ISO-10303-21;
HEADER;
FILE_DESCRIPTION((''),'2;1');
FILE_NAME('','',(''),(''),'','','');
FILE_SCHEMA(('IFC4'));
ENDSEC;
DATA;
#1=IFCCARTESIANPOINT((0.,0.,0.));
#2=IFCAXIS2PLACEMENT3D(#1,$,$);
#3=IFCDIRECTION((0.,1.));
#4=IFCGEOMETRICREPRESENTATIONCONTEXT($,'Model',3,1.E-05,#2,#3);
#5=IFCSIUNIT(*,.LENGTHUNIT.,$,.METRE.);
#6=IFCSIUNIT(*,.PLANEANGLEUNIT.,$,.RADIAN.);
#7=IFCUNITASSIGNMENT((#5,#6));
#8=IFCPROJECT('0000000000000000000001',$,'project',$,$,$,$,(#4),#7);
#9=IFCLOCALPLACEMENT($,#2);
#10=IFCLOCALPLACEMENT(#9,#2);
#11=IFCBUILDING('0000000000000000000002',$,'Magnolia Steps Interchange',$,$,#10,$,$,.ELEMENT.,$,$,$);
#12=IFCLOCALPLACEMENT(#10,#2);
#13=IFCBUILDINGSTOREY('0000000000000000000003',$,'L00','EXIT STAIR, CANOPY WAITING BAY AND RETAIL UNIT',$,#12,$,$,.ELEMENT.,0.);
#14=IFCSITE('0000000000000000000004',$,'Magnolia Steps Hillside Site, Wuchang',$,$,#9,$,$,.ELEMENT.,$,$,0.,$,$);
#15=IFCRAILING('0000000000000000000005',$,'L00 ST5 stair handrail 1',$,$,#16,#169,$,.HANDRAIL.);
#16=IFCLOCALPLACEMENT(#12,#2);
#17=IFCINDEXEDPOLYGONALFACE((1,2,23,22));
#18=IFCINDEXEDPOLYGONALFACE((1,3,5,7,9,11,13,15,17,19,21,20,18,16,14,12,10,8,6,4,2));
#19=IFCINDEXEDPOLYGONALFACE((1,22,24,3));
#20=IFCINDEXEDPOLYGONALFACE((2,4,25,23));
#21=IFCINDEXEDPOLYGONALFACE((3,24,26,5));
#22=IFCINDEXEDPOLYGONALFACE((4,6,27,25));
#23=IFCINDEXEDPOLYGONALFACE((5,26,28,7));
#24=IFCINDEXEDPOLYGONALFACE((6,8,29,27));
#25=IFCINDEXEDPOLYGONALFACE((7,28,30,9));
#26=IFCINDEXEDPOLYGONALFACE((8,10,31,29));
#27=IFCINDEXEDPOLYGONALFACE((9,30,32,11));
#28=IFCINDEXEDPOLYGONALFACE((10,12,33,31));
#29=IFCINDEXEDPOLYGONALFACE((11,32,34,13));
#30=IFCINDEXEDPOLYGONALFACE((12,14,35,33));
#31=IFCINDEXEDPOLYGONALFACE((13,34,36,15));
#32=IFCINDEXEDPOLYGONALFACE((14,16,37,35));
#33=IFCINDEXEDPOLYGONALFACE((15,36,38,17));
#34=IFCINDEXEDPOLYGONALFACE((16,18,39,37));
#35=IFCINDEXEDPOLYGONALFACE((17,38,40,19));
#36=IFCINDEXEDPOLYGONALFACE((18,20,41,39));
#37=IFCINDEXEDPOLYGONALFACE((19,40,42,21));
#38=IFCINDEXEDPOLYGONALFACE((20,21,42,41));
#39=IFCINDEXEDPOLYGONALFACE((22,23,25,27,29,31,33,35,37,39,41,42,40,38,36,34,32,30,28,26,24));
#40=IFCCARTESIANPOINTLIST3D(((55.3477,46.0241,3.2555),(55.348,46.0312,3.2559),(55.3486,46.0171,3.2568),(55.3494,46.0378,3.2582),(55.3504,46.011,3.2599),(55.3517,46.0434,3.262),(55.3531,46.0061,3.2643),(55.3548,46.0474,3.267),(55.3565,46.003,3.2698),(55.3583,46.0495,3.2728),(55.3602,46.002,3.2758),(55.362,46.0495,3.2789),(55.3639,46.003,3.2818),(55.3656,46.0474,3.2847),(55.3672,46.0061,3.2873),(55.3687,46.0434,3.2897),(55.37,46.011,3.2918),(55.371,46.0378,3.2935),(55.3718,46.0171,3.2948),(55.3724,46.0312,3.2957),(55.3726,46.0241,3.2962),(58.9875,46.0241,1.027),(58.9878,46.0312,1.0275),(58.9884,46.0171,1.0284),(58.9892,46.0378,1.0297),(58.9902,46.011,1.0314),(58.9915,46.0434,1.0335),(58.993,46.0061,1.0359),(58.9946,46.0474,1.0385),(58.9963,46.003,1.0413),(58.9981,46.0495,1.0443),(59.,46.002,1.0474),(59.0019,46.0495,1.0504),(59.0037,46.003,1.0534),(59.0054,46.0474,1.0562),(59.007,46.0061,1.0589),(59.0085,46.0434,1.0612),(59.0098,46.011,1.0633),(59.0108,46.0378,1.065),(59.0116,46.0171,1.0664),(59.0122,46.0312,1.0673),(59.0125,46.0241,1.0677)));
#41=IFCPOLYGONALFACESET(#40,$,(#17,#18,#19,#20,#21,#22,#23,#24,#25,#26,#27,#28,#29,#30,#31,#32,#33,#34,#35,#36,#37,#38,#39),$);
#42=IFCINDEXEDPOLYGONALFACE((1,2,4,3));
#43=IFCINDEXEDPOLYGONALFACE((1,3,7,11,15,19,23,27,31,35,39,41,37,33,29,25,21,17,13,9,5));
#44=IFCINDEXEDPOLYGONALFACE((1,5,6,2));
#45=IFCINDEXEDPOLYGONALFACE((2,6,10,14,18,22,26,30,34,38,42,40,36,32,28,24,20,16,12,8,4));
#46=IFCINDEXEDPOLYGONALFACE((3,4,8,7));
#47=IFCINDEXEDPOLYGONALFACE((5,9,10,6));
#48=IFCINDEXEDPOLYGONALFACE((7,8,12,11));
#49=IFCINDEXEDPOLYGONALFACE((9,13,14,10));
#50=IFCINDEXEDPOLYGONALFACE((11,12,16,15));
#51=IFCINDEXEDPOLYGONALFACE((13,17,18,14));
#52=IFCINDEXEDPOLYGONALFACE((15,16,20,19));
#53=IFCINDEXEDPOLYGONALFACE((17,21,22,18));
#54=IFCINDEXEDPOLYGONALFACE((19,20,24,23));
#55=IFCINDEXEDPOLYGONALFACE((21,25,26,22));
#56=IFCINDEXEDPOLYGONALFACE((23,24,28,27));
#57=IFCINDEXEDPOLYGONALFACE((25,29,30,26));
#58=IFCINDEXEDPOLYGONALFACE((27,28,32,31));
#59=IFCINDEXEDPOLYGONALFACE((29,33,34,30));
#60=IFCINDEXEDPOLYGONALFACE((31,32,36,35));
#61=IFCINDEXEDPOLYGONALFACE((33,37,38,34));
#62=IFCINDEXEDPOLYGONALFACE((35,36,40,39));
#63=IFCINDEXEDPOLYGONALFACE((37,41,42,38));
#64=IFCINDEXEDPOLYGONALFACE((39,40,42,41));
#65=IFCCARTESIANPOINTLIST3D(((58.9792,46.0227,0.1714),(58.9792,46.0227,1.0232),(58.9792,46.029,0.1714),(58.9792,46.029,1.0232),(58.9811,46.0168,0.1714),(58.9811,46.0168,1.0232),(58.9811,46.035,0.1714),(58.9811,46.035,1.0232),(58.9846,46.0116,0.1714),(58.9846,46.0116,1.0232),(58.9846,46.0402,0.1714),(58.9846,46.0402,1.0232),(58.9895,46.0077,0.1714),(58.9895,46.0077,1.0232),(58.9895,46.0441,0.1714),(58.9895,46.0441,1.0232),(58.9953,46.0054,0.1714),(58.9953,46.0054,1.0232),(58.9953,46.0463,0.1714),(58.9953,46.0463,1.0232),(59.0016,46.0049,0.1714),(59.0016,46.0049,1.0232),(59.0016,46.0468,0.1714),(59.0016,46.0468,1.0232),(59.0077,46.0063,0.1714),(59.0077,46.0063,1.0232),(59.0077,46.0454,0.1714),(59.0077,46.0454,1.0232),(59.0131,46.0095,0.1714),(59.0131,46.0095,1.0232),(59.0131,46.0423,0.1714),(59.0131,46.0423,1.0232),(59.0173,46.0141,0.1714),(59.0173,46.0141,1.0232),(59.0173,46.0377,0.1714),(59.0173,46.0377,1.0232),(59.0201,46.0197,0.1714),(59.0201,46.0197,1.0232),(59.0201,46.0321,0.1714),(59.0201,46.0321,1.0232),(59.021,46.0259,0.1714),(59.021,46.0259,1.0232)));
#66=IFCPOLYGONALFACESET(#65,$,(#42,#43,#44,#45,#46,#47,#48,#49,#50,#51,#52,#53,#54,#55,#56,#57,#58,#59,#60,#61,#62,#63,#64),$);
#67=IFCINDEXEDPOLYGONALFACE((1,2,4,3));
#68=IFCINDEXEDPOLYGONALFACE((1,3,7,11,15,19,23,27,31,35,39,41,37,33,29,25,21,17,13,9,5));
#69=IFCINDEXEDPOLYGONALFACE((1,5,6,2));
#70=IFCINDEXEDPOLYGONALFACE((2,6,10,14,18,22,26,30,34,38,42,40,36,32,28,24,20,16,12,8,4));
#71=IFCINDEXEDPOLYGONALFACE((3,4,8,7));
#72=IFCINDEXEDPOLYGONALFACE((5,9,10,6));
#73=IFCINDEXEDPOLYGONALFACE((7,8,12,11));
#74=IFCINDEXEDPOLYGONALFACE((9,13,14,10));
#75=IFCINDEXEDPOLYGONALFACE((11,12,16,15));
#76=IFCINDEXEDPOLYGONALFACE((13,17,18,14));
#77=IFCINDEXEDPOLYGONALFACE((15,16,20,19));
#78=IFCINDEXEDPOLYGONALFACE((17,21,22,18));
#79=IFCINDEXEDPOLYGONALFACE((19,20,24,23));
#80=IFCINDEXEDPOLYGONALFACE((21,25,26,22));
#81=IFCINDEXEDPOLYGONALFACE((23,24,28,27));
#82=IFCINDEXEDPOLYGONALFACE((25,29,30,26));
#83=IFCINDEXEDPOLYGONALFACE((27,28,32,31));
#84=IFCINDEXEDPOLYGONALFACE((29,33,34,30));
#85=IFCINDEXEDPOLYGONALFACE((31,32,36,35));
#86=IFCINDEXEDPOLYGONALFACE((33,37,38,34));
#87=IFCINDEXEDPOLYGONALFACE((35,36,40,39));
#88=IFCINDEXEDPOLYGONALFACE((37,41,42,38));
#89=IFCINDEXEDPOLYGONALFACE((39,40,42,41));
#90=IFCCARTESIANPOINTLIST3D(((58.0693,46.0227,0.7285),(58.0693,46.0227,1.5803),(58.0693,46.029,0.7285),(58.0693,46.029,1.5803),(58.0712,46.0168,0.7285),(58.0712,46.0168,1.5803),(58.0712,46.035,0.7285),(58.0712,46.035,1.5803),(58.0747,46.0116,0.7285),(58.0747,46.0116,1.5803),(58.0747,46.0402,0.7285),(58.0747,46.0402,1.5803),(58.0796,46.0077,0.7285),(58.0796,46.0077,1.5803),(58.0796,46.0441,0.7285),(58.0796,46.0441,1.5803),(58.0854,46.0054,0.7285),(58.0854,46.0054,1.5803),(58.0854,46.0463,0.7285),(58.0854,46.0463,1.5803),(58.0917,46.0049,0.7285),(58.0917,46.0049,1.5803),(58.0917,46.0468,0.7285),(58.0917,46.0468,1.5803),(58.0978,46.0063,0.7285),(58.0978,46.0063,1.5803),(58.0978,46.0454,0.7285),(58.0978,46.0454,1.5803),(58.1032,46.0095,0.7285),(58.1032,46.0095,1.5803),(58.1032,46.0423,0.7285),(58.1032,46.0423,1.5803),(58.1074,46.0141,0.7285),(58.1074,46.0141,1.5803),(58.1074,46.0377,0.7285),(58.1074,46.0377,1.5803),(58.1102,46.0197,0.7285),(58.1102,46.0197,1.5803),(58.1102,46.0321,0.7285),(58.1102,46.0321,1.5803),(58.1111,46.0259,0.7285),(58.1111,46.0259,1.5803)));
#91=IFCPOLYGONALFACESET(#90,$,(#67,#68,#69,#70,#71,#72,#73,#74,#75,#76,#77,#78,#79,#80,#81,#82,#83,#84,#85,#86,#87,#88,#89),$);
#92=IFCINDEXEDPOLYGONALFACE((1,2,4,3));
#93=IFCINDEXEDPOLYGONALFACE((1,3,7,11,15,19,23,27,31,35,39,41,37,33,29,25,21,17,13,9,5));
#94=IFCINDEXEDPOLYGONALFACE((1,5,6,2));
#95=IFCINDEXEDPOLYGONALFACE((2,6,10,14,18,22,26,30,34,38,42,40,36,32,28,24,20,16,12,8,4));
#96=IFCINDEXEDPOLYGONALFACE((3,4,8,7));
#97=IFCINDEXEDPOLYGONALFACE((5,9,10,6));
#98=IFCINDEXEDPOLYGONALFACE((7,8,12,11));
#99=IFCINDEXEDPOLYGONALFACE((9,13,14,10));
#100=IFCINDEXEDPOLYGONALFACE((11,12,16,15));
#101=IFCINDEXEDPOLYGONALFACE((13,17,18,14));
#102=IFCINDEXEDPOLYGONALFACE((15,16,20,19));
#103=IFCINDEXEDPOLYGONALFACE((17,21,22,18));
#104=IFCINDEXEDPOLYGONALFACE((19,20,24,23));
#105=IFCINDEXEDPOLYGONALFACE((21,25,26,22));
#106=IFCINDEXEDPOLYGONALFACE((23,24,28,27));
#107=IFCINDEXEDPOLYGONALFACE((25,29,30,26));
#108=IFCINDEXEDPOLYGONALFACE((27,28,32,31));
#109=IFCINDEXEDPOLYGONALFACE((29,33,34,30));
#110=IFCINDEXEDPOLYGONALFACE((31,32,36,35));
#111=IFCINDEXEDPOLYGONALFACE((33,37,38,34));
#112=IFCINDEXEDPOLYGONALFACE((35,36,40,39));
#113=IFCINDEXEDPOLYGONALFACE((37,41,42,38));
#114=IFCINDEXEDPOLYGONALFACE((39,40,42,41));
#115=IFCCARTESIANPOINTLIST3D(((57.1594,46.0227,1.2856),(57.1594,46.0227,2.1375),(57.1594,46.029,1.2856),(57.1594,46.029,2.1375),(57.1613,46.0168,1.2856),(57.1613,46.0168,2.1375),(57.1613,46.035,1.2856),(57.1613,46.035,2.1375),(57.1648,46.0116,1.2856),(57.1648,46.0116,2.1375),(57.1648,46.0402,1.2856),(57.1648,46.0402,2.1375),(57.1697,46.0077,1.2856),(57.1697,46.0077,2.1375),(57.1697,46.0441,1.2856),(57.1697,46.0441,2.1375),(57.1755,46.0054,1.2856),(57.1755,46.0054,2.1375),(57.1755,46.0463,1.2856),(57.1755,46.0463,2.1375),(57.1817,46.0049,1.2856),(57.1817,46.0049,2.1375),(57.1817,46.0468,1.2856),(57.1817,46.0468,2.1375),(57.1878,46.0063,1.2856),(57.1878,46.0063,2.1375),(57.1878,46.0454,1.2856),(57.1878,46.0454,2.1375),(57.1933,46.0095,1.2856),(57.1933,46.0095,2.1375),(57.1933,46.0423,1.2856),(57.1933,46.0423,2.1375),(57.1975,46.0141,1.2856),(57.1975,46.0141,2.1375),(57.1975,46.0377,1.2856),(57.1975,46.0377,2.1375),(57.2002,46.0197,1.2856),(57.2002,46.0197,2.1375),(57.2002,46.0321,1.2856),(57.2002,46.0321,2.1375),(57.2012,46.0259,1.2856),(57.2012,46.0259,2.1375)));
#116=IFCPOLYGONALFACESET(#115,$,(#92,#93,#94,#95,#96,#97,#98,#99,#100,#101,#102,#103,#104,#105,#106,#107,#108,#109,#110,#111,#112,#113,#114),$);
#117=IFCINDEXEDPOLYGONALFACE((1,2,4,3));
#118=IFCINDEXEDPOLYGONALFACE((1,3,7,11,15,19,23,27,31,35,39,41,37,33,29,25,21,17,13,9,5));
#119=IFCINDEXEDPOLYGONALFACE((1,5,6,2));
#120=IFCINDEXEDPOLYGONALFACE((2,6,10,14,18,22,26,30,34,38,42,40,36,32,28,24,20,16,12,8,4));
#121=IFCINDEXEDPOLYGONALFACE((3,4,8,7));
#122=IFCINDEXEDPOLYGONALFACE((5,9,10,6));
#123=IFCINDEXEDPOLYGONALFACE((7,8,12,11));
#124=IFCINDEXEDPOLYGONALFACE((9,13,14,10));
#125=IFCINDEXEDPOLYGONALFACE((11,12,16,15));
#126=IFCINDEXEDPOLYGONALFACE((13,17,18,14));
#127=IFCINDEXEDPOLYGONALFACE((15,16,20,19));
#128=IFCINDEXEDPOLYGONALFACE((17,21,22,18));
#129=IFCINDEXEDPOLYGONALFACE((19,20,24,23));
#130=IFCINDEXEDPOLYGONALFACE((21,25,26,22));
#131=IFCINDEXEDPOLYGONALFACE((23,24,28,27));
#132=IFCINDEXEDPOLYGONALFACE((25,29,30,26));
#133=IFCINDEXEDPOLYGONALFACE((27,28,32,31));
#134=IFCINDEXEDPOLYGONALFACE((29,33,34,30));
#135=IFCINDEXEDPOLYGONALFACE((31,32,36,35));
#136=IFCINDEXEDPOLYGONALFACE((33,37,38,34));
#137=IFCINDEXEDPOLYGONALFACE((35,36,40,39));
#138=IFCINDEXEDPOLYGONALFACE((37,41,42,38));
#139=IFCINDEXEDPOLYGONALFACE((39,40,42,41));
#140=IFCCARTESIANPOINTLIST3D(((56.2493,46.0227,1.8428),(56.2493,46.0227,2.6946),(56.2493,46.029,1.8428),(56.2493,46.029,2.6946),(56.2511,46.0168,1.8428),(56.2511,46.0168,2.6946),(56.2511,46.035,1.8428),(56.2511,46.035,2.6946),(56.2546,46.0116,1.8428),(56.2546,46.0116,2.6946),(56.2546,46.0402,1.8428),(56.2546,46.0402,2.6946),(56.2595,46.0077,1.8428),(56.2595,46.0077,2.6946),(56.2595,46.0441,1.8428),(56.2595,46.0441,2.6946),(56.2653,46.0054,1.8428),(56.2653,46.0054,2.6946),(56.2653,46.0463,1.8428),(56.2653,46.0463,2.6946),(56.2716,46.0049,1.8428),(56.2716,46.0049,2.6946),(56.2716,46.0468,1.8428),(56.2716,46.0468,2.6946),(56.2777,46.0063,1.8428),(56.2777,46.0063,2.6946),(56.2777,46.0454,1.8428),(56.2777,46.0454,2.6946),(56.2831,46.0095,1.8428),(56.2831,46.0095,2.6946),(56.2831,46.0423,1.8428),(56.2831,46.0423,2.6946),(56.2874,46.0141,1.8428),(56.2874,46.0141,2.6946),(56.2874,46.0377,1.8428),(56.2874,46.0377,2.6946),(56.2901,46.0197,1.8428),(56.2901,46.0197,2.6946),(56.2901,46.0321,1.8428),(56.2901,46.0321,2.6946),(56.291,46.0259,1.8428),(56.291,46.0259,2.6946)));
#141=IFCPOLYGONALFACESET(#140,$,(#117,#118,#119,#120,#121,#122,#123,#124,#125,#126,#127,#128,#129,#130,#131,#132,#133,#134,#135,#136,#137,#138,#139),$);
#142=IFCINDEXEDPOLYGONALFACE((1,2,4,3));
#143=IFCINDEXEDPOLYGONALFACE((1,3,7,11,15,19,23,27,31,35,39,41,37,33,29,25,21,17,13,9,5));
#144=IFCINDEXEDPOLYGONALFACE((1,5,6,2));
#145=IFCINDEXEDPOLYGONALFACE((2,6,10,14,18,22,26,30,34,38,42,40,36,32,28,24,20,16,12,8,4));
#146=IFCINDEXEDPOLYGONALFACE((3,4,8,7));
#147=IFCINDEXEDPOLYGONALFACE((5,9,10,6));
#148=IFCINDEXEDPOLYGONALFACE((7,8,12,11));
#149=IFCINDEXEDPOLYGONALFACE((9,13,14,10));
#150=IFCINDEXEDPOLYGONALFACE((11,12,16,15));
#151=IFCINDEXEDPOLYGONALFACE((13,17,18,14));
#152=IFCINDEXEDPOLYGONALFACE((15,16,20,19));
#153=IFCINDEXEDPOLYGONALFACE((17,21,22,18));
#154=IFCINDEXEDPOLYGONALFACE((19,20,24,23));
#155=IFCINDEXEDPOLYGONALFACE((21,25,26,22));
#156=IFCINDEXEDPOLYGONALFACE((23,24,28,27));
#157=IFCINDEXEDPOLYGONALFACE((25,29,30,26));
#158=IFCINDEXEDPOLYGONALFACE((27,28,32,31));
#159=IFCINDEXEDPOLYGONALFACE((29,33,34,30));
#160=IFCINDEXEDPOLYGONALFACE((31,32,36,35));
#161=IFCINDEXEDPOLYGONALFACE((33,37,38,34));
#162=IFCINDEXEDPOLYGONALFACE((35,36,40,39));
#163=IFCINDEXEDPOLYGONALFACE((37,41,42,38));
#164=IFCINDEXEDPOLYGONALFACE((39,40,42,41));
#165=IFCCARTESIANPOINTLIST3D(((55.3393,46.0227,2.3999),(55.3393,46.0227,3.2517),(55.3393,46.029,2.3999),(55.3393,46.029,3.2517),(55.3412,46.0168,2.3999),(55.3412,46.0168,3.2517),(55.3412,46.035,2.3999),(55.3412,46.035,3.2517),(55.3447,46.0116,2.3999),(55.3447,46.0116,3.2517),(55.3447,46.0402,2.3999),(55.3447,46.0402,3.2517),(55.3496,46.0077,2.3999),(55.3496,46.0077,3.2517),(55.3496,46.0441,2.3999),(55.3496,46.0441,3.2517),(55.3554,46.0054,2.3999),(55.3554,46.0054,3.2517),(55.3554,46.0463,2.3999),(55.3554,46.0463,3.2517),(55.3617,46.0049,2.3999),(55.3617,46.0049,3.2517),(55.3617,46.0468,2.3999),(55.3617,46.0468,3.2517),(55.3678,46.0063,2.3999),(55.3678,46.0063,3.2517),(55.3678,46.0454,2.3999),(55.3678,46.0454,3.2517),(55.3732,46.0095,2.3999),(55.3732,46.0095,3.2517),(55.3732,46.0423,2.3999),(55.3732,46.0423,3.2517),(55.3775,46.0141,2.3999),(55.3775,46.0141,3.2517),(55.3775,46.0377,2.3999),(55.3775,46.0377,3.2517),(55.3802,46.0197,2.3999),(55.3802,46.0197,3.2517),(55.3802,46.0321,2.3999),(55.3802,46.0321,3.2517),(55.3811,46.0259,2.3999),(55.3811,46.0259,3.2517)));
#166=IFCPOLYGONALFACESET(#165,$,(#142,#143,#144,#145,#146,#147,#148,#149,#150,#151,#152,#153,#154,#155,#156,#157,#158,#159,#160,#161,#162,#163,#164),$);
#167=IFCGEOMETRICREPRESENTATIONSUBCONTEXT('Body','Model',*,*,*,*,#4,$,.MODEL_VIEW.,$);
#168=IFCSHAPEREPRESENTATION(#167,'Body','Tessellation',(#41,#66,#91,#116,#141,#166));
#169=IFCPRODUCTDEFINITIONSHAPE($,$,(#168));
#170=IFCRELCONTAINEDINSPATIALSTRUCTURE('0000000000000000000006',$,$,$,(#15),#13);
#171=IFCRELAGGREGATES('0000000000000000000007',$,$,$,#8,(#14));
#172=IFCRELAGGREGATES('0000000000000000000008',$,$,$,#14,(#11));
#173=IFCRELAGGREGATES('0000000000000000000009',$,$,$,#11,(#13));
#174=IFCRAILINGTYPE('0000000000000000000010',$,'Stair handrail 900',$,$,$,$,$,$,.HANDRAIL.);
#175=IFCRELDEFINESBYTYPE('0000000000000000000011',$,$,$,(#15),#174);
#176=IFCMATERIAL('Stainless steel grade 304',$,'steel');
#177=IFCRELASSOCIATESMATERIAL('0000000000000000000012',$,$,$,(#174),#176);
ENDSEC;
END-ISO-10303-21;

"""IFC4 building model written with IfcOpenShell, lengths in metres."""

from ifc_helpers import new_model, si_unit, direction, frame, origin, origin_2d, place, context, subcontext, project, spatial, circle, extrude, material, type_object, element, save


model = new_model("IFC4")

# Units and contexts
model_context = context("Model", 3, precision=1e-05, world=origin(), true_north=direction((0.0, 1.0)))
body_context = subcontext(model_context, "Body", "Model", "MODEL_VIEW")
ifc_project = project(units=[si_unit("LENGTHUNIT", "METRE"), si_unit("PLANEANGLEUNIT", "RADIAN")], contexts=[model_context])

# Site, building, storey
site_placement = place(None, origin())
site = spatial("IfcSite", under=ifc_project, at=site_placement, Name="Magnolia Steps Hillside Site, Wuchang", CompositionType="ELEMENT", RefElevation=0.0)
building_placement = place(site_placement, origin())
building = spatial("IfcBuilding", under=site, at=building_placement, Name="Magnolia Steps Interchange", CompositionType="ELEMENT")
storey_placement = place(building_placement, origin())
storey = spatial("IfcBuildingStorey", under=building, at=storey_placement, Name="L00", Description="EXIT STAIR, CANOPY WAITING BAY AND RETAIL UNIT", CompositionType="ELEMENT", Elevation=0.0)

# Railing
ifc_material_1 = material(Name="Stainless steel grade 304", Category="steel")
railing_type_1 = type_object("IfcRailingType", Name="Stair handrail 900", PredefinedType="HANDRAIL", material=ifc_material_1)
railing_1_placement = place(storey_placement, frame((59.0, 46.0259, 0.1714)))
element("IfcRailing", 1, at=railing_1_placement, inside=storey, type_object=railing_type_1, Name="L00 ST5 stair handrail 1", PredefinedType="HANDRAIL", context=body_context, shape_type="SweptSolid", body=[
    extrude(circle(Radius=0.0239, at=origin_2d()), frame((0.0, 0.0, 0.876), z_axis=(-0.85285, 0.0, 0.522156), x_axis=(0.0, -1.0, 0.0)), (0.0, 0.0, 1.0), 4.2678),
    extrude(circle(Radius=0.021, at=origin_2d()), origin(), (0.0, 0.0, 1.0), 0.8518),
    extrude(circle(Radius=0.021, at=origin_2d()), frame((-0.9099, 0.0, 0.5571)), (0.0, 0.0, 1.0), 0.8518),
    extrude(circle(Radius=0.021, at=origin_2d()), frame((-1.8198, 0.0, 1.1143)), (0.0, 0.0, 1.0), 0.8518),
    extrude(circle(Radius=0.021, at=origin_2d()), frame((-2.73, 0.0, 1.6714)), (0.0, 0.0, 1.0), 0.8518),
    extrude(circle(Radius=0.021, at=origin_2d()), frame((-3.6399, 0.0, 2.2285)), (0.0, 0.0, 1.0), 0.8518),
])

save(model, "model.ifc")
